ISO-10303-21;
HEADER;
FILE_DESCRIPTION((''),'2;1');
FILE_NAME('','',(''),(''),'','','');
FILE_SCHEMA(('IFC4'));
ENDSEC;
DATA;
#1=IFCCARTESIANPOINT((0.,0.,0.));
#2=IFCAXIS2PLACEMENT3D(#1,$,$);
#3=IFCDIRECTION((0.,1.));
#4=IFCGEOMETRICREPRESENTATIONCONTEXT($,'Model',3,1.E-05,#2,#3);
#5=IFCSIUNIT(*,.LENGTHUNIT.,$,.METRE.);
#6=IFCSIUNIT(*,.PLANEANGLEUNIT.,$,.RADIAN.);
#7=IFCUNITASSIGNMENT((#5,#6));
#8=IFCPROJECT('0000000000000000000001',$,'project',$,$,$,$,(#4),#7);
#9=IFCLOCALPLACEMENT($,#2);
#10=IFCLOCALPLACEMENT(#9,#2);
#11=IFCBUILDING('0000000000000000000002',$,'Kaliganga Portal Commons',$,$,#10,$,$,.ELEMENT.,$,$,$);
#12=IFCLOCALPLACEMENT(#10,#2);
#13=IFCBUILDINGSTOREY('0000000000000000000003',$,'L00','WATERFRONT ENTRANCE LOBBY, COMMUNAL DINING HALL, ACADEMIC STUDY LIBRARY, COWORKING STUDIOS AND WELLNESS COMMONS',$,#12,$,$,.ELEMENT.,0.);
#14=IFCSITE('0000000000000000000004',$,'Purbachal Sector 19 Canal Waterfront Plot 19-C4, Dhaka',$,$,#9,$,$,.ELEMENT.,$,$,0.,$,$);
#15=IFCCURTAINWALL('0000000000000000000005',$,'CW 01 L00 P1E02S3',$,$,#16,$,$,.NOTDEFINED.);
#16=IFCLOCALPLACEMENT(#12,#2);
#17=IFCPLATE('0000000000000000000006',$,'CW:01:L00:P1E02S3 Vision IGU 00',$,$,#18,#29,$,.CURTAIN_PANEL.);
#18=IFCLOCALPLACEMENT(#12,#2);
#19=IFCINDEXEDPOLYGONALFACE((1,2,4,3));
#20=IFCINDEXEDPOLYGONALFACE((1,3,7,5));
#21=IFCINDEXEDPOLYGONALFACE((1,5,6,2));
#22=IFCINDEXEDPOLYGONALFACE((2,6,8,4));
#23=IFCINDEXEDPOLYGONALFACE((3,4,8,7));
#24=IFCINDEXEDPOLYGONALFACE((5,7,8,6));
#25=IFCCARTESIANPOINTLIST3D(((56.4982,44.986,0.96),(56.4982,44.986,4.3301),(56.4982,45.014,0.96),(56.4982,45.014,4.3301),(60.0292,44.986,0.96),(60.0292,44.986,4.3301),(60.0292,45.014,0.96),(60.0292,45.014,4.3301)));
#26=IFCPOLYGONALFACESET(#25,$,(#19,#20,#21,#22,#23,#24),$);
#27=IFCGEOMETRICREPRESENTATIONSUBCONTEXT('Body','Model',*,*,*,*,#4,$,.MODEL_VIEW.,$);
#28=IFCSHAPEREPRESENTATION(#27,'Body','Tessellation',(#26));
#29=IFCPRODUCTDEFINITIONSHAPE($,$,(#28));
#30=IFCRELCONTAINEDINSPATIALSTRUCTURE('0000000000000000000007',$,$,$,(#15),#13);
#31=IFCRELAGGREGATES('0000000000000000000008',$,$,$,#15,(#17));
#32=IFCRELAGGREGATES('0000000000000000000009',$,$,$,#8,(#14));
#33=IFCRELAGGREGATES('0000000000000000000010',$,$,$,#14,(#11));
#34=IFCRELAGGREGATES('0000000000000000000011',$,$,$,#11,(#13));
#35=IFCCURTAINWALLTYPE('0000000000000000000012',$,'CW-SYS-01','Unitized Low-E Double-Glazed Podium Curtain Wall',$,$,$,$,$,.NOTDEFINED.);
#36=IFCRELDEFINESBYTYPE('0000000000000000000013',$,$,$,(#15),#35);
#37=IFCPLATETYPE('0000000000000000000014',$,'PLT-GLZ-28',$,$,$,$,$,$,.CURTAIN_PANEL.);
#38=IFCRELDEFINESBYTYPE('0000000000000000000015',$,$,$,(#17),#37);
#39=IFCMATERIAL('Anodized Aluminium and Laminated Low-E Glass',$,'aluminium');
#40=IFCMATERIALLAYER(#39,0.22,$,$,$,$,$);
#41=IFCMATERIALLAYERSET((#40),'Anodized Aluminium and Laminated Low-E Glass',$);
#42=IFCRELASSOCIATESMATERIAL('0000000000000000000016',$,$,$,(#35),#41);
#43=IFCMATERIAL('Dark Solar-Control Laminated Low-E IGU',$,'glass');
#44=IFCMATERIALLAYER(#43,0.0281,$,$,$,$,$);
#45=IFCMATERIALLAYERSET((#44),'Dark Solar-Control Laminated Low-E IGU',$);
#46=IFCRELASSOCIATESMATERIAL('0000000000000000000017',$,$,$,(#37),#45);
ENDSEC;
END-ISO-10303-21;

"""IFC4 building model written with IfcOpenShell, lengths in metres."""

from ifc_helpers import new_model, si_unit, direction, frame, origin, origin_2d, place, context, subcontext, project, spatial, rectangle, extrude, source, transform, mapped, material, layer, layer_set, type_object, element, aggregate, save


model = new_model("IFC4")

# Units and contexts
model_context = context("Model", 3, precision=1e-05, world=origin(), true_north=direction((0.0, 1.0)))
body_context = subcontext(model_context, "Body", "Model", "MODEL_VIEW")
ifc_project = project(units=[si_unit("LENGTHUNIT", "METRE"), si_unit("PLANEANGLEUNIT", "RADIAN")], contexts=[model_context])

# Site, building, storey
site_placement = place(None, origin())
site = spatial("IfcSite", under=ifc_project, at=site_placement, Name="Purbachal Sector 19 Canal Waterfront Plot 19-C4, Dhaka", CompositionType="ELEMENT", RefElevation=0.0)
building_placement = place(site_placement, origin())
building = spatial("IfcBuilding", under=site, at=building_placement, Name="Kaliganga Portal Commons", CompositionType="ELEMENT")
storey_placement = place(building_placement, origin())
storey = spatial("IfcBuildingStorey", under=building, at=storey_placement, Name="L00", Description="WATERFRONT ENTRANCE LOBBY, COMMUNAL DINING HALL, ACADEMIC STUDY LIBRARY, COWORKING STUDIOS AND WELLNESS COMMONS", CompositionType="ELEMENT", Elevation=0.0)

# Curtain wall
ifc_material_1 = material(Name="Anodized Aluminium and Laminated Low-E Glass", Category="aluminium")
ifc_layer_1 = layer(ifc_material_1, 0.22)
ifc_layer_set_1 = layer_set([ifc_layer_1], Name="Anodized Aluminium and Laminated Low-E Glass")
curtain_wall_type = type_object("IfcCurtainWallType", Name="CW-SYS-01", Description="Unitized Low-E Double-Glazed Podium Curtain Wall", PredefinedType="NOTDEFINED", material=ifc_layer_set_1)
curtain_wall_1_placement = place(storey_placement, origin())
curtain_wall_1 = element("IfcCurtainWall", 1, at=curtain_wall_1_placement, inside=storey, type_object=curtain_wall_type, Name="CW 01 L00 P1E02S3", PredefinedType="NOTDEFINED")

# Plate
ifc_material_2 = material(Name="Dark Solar-Control Laminated Low-E IGU", Category="glass")
ifc_layer_2 = layer(ifc_material_2, 0.0281)
ifc_layer_set_2 = layer_set([ifc_layer_2], Name="Dark Solar-Control Laminated Low-E IGU")
plate_type_1 = type_object("IfcPlateType", Name="PLT-GLZ-28", PredefinedType="CURTAIN_PANEL", material=ifc_layer_set_2)
shared_shape_1 = source(origin(), body_context, "Body", "SweptSolid", [
    extrude(rectangle(XDim=3.531, YDim=0.0281, at=origin_2d()), origin(), (0.0, 0.0, 1.0), 3.3701),
])
plate_1_placement = place(storey_placement, frame((58.2637, 45.0, 0.96), z_axis=(0.0, 0.0, 1.0), x_axis=(-1.0, 0.0, 0.0)))
plate_1 = element("IfcPlate", 2, at=plate_1_placement, type_object=plate_type_1, Name="CW:01:L00:P1E02S3 Vision IGU 00", PredefinedType="CURTAIN_PANEL", context=body_context, shape_type="MappedRepresentation", body=[
    mapped(shared_shape_1, transform((0.0, 0.0, 0.0), x_axis=(1.0, 0.0, 0.0), y_axis=(0.0, 1.0, 0.0), z_axis=(0.0, 0.0, 1.0), scale=1.0)),
])
aggregate(curtain_wall_1, [plate_1])

save(model, "model.ifc")
